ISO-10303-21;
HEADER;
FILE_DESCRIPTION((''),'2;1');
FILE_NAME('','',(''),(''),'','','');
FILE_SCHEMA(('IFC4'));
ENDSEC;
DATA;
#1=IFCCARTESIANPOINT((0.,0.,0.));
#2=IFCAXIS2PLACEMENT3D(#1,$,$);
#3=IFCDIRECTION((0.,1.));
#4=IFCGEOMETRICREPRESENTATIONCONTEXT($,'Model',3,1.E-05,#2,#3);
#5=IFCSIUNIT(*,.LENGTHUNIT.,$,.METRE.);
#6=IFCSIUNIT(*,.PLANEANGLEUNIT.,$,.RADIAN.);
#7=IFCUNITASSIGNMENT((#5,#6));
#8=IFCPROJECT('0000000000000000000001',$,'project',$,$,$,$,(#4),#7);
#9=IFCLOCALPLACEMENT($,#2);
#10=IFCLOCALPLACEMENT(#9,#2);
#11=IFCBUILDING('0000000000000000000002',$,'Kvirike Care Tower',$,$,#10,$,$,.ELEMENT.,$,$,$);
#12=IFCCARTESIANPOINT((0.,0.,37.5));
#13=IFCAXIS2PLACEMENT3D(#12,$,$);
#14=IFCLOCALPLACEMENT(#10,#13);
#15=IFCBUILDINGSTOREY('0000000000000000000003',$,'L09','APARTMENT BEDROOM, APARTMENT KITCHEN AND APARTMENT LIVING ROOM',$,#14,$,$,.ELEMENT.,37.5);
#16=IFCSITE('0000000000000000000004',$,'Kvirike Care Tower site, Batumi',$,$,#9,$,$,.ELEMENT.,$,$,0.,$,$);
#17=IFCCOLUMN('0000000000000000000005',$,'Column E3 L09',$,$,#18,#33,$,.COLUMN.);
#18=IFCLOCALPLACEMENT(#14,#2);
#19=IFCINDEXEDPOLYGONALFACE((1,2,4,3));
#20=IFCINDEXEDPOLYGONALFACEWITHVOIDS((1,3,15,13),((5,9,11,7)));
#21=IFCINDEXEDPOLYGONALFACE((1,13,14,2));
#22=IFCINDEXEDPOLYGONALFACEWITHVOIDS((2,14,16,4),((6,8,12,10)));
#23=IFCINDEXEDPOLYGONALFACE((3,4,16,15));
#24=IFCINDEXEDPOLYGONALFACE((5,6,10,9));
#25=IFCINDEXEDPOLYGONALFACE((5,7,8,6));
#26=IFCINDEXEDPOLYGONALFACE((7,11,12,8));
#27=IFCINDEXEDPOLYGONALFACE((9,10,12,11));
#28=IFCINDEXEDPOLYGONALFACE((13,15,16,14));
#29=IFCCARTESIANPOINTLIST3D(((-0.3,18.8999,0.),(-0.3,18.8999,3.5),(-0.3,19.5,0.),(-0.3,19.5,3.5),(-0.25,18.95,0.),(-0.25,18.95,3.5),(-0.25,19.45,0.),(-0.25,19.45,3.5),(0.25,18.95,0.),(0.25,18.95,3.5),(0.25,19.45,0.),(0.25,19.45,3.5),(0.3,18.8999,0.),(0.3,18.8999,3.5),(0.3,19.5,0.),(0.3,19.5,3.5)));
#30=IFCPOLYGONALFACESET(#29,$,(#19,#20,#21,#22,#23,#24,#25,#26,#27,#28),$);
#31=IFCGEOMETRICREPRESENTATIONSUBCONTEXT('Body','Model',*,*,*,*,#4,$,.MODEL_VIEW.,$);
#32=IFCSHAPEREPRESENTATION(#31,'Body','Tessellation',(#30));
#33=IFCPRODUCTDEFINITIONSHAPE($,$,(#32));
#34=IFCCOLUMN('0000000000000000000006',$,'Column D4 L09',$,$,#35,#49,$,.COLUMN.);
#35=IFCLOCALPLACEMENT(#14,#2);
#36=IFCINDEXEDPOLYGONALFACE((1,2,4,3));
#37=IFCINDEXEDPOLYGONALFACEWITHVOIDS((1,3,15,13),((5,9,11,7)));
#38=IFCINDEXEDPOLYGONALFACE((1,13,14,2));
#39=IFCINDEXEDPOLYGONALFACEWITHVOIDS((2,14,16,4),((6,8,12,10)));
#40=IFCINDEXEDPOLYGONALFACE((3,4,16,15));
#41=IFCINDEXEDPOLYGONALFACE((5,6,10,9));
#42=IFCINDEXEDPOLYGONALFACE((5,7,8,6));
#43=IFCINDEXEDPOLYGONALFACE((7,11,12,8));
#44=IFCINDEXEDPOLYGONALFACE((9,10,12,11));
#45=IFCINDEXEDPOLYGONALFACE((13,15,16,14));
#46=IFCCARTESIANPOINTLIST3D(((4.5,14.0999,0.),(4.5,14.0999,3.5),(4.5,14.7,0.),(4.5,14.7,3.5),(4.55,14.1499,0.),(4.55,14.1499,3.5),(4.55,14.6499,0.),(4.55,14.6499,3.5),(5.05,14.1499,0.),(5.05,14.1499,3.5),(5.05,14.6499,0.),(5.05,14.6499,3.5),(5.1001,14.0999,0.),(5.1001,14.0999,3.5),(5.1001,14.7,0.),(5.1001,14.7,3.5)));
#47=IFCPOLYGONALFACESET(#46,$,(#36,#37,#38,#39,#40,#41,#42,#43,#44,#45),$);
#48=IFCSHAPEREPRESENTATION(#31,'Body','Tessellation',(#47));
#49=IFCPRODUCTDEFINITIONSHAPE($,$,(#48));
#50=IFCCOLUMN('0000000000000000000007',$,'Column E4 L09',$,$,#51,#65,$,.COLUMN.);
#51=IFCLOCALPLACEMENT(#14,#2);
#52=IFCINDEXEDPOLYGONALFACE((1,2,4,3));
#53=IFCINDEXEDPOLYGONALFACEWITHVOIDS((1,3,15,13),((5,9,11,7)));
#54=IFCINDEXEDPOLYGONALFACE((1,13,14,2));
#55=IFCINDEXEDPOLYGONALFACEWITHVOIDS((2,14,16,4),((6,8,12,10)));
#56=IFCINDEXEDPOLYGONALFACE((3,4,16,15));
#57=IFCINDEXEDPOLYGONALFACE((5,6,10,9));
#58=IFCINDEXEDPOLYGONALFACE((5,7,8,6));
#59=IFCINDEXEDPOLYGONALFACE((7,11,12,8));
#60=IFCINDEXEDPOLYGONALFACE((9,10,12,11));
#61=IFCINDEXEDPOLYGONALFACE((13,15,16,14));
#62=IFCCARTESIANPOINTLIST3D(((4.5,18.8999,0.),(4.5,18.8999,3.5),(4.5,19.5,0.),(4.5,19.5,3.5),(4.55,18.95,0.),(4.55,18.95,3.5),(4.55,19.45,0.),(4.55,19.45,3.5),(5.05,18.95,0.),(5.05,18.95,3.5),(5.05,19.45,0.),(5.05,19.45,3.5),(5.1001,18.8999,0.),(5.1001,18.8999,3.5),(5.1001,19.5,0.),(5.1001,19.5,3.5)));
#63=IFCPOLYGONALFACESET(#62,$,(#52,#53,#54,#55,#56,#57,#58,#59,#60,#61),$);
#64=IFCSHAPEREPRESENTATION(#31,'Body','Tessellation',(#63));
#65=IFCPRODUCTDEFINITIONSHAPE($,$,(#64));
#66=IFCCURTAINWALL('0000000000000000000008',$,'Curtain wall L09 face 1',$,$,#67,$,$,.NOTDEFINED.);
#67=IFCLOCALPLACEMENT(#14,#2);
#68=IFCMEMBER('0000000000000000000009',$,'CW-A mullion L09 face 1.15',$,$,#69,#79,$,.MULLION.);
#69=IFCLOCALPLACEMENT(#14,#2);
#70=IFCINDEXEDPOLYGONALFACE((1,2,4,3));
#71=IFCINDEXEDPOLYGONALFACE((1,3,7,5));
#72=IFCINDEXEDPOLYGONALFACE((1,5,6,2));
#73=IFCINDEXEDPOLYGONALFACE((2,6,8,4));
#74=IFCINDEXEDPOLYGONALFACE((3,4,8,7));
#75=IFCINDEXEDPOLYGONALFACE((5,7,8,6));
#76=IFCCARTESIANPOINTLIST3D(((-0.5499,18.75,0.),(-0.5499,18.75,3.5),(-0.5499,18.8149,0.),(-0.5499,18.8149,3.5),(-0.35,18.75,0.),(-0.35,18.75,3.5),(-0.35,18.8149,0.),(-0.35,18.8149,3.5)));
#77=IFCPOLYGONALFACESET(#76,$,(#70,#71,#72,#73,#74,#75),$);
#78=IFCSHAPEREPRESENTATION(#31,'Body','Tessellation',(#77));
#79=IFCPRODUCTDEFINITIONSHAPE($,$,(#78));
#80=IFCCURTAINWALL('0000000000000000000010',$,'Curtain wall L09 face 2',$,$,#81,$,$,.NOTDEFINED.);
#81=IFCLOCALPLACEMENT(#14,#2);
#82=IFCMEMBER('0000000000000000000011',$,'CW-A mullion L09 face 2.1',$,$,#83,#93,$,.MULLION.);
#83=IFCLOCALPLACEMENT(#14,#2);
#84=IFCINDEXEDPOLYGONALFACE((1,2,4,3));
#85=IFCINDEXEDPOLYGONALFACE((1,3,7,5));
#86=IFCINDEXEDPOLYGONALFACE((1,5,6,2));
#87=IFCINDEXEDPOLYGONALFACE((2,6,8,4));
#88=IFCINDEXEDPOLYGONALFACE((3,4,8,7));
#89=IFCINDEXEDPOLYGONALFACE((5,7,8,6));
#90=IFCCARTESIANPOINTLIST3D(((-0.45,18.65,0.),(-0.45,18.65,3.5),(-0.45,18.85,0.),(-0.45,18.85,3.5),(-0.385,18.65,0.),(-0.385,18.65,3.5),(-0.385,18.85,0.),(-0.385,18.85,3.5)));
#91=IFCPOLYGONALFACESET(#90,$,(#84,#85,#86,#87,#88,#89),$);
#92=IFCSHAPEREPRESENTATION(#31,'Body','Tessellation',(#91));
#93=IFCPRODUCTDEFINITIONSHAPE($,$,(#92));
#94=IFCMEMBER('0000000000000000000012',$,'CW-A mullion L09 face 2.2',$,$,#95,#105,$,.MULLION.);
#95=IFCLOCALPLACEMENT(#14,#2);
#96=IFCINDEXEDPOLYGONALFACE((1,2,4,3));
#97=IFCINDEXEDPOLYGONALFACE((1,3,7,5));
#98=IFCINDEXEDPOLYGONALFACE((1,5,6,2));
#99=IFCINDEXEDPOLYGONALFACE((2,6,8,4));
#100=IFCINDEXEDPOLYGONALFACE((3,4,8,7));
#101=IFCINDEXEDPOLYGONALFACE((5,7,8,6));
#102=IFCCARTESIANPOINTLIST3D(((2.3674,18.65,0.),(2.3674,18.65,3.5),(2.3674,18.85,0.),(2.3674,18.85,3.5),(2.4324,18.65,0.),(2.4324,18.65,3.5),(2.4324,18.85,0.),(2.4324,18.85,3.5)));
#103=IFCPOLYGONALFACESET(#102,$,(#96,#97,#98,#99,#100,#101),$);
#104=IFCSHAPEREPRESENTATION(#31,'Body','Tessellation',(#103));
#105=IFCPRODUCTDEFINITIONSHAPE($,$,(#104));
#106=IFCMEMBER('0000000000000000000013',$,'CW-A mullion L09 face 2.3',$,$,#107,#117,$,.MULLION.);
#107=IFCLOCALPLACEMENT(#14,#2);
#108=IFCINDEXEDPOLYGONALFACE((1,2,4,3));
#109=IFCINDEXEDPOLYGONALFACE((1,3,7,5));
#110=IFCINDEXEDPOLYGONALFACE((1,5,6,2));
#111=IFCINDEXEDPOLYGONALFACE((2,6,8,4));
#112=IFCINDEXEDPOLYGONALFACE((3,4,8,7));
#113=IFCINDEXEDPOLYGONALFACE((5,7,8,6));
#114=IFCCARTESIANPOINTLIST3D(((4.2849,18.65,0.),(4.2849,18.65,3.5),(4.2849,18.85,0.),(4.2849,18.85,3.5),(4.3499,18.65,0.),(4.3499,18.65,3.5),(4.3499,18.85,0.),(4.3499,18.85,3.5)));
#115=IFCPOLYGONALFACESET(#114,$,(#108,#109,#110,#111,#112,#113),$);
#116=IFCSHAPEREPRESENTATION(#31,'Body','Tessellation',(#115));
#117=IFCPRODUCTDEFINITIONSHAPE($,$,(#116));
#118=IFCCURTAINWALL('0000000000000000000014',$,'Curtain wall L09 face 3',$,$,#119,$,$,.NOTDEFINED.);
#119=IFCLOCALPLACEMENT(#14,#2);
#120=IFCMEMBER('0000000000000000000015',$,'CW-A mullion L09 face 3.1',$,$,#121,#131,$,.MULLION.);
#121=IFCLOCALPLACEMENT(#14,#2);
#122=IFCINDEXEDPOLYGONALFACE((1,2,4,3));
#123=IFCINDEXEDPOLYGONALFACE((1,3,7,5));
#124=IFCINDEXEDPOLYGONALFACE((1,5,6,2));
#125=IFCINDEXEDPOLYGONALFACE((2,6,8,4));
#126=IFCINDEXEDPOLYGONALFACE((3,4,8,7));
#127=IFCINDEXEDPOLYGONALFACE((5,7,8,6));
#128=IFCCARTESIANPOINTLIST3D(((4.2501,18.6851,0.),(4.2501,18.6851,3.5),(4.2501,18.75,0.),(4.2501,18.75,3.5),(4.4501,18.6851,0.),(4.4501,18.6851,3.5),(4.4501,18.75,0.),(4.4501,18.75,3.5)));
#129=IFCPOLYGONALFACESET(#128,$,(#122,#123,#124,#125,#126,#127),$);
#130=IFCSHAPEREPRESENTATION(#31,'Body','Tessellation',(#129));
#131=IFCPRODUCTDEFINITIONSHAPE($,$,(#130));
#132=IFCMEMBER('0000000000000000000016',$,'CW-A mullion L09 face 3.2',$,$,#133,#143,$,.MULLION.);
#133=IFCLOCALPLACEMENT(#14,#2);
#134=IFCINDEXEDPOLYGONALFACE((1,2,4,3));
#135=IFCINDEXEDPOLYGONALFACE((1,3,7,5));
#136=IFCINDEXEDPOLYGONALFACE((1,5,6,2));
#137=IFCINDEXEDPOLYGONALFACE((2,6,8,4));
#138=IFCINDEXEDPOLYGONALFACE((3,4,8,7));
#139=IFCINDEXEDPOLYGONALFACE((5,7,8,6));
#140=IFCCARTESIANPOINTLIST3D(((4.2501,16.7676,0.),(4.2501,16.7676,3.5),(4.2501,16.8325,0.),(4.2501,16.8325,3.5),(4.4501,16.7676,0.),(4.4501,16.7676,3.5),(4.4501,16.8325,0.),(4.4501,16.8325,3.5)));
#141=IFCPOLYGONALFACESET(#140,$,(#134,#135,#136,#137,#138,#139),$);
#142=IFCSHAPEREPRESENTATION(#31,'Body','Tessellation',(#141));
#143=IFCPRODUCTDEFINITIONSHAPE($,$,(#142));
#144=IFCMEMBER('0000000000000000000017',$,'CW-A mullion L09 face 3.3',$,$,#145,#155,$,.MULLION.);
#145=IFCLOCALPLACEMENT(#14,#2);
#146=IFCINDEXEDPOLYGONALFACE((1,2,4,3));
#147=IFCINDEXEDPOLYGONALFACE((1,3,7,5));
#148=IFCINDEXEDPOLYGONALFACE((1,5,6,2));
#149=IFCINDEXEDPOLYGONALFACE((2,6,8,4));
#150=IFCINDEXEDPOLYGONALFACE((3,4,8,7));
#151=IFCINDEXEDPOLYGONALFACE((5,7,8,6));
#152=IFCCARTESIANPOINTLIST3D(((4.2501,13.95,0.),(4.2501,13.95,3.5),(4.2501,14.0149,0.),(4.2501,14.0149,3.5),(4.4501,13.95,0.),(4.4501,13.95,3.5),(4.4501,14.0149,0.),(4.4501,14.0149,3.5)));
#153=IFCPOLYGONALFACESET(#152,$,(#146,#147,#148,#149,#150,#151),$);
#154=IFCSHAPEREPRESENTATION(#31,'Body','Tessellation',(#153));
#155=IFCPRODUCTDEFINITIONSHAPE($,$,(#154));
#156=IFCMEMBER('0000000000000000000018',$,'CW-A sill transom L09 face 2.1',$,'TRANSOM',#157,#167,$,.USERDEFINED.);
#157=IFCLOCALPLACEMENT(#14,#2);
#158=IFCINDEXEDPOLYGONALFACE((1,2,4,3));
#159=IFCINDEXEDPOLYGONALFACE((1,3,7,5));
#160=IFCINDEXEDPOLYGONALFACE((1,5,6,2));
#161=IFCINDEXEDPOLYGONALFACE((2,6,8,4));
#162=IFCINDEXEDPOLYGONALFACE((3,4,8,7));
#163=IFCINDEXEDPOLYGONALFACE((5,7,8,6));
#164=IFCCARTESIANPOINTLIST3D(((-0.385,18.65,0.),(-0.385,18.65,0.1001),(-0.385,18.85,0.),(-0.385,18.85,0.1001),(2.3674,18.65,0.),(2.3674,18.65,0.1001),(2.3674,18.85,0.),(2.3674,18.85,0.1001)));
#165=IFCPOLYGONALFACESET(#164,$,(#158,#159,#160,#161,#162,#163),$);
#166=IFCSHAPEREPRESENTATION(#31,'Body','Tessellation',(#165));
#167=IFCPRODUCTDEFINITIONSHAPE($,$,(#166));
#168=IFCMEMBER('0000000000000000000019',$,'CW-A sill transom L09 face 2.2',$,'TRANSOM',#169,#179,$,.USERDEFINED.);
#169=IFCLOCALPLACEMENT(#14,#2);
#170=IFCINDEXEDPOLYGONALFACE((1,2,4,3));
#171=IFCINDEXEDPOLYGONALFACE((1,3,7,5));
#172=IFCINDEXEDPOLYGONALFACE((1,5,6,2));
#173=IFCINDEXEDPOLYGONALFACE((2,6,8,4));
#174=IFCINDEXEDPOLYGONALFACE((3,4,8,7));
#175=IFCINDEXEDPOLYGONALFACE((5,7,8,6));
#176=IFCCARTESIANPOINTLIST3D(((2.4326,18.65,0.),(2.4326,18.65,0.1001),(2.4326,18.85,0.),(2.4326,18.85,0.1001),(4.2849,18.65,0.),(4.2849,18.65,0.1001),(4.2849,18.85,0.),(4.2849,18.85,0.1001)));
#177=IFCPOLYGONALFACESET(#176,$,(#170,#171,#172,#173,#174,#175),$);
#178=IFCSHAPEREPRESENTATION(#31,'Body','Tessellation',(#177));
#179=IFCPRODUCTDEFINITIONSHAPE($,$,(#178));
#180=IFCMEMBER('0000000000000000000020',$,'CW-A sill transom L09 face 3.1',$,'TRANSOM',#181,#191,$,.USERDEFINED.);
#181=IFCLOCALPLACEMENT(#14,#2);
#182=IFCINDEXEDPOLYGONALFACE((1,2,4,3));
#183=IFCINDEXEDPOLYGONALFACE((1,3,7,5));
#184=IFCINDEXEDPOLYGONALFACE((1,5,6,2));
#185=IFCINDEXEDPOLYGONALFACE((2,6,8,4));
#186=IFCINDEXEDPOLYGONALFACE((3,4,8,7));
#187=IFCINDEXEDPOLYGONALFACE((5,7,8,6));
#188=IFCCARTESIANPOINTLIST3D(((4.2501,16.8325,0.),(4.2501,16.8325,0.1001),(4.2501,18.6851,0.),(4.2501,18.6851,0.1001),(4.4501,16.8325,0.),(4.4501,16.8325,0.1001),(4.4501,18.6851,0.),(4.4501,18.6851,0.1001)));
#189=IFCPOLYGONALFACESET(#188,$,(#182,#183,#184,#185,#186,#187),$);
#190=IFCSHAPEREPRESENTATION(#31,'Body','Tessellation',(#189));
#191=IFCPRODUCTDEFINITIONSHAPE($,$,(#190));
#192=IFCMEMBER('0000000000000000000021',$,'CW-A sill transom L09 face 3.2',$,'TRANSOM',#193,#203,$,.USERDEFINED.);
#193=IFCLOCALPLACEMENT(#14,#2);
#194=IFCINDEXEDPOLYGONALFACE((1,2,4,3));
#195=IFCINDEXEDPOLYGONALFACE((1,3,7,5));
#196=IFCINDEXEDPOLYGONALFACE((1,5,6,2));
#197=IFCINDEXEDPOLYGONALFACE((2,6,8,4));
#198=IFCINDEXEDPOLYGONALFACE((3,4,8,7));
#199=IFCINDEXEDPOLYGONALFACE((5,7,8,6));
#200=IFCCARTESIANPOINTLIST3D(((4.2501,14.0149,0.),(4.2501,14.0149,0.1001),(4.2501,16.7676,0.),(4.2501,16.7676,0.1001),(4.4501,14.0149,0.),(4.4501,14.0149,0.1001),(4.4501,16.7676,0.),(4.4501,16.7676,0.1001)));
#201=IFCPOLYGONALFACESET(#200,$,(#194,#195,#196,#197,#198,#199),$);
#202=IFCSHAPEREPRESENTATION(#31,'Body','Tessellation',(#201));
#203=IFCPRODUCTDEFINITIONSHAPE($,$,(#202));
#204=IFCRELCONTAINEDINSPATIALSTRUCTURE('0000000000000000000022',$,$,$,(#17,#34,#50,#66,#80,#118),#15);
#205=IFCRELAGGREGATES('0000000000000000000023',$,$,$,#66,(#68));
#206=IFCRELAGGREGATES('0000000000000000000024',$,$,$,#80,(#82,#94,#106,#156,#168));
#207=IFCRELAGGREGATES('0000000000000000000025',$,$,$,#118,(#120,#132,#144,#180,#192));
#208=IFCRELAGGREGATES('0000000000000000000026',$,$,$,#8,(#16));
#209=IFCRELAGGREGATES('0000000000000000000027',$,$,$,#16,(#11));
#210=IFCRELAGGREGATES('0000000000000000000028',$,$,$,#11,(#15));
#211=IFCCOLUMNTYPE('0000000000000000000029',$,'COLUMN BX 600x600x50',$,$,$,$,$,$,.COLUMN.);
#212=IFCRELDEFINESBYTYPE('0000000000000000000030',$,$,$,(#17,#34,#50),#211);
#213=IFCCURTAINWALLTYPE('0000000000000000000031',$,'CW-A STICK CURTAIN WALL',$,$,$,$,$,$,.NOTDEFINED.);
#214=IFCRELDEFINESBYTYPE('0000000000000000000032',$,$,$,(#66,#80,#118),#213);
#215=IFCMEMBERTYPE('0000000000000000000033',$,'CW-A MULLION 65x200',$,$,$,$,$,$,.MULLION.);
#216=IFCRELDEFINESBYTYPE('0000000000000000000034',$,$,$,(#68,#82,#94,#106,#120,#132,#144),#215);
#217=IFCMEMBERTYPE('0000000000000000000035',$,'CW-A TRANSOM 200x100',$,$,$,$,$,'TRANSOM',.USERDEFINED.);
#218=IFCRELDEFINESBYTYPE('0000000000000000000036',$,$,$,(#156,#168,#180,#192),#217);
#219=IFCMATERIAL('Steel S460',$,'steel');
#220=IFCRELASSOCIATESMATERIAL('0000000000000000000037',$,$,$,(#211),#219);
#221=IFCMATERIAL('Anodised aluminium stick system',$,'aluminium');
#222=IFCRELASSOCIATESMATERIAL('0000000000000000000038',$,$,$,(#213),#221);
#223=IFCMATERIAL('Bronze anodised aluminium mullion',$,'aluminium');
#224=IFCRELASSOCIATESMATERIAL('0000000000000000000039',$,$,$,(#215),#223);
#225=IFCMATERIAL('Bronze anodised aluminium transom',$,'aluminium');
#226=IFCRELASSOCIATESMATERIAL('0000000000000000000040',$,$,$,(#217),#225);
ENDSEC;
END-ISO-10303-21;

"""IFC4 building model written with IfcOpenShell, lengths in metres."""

from ifc_helpers import new_model, si_unit, direction, frame, origin, origin_2d, place, context, subcontext, project, spatial, rectangle, hollow_rectangle, extrude, material, material_profile, profile_set, type_object, element, aggregate, save


model = new_model("IFC4")

# Units and contexts
model_context = context("Model", 3, precision=1e-05, world=origin(), true_north=direction((0.0, 1.0)))
body_context = subcontext(model_context, "Body", "Model", "MODEL_VIEW")
ifc_project = project(units=[si_unit("LENGTHUNIT", "METRE"), si_unit("PLANEANGLEUNIT", "RADIAN")], contexts=[model_context])

# Site, building, storey
site_placement = place(None, origin())
site = spatial("IfcSite", under=ifc_project, at=site_placement, Name="Kvirike Care Tower site, Batumi", CompositionType="ELEMENT", RefElevation=0.0)
building_placement = place(site_placement, origin())
building = spatial("IfcBuilding", under=site, at=building_placement, Name="Kvirike Care Tower", CompositionType="ELEMENT")
storey_placement = place(building_placement, frame((0.0, 0.0, 37.5)))
storey = spatial("IfcBuildingStorey", under=building, at=storey_placement, Name="L09", Description="APARTMENT BEDROOM, APARTMENT KITCHEN AND APARTMENT LIVING ROOM", CompositionType="ELEMENT", Elevation=37.5)

# Columns
ifc_material_1 = material(Name="Steel S460", Category="steel")
ifc_material_profile_1 = material_profile(ifc_material_1, hollow_rectangle(XDim=0.6001, YDim=0.6001, WallThickness=0.05, at=origin_2d()), Name="BX 600x600x50")
ifc_profile_set_1 = profile_set([ifc_material_profile_1], Name="Steel S460")
column_type = type_object("IfcColumnType", Name="COLUMN BX 600x600x50", PredefinedType="COLUMN", material=ifc_profile_set_1)
for number, where, z_axis, x_axis, name in (
    (1, (0.0, 19.2, 0.0), (0.0, 0.0, 1.0), (0.0, 1.0, 0.0), "Column E3 L09"),
    (2, (4.8, 14.3999, 0.0), (0.0, 0.0, 1.0), (0.0, 1.0, 0.0), "Column D4 L09"),
    (3, (4.8, 19.2, 0.0), (0.0, 0.0, 1.0), (0.0, 1.0, 0.0), "Column E4 L09"),
):
    element("IfcColumn", number, at=place(storey_placement, frame(where, z_axis=z_axis, x_axis=x_axis)), inside=storey, type_object=column_type, Name=name, PredefinedType="COLUMN", context=body_context, shape_type="SweptSolid", body=[
        extrude(hollow_rectangle(XDim=0.6001, YDim=0.6001, WallThickness=0.05, at=origin_2d()), origin(), (0.0, 0.0, 1.0), 3.5),
    ])

# Curtain wall, member
ifc_material_2 = material(Name="Anodised aluminium stick system", Category="aluminium")
curtain_wall_type = type_object("IfcCurtainWallType", Name="CW-A STICK CURTAIN WALL", PredefinedType="NOTDEFINED", material=ifc_material_2)
curtain_wall_1_placement = place(storey_placement, origin())
curtain_wall_1 = element("IfcCurtainWall", 4, at=curtain_wall_1_placement, inside=storey, type_object=curtain_wall_type, Name="Curtain wall L09 face 1", PredefinedType="NOTDEFINED")
ifc_material_3 = material(Name="Bronze anodised aluminium mullion", Category="aluminium")
ifc_material_profile_2 = material_profile(ifc_material_3, rectangle(XDim=0.0649, YDim=0.2, at=origin_2d()), Name="CW-A MULLION 65x200")
ifc_profile_set_2 = profile_set([ifc_material_profile_2], Name="Bronze anodised aluminium mullion")
member_type_1 = type_object("IfcMemberType", Name="CW-A MULLION 65x200", PredefinedType="MULLION", material=ifc_profile_set_2)
member_1_placement = place(storey_placement, frame((-0.45, 18.7825, 0.0), z_axis=(0.0, 0.0, 1.0), x_axis=(0.0, -1.0, 0.0)))
member_1 = element("IfcMember", 5, at=member_1_placement, type_object=member_type_1, Name="CW-A mullion L09 face 1.15", PredefinedType="MULLION", context=body_context, shape_type="SweptSolid", body=[
    extrude(rectangle(XDim=0.0649, YDim=0.2, at=origin_2d()), origin(), (0.0, 0.0, 1.0), 3.5),
])
aggregate(curtain_wall_1, [member_1])

# Curtain walls, members
curtain_wall_2_placement = place(storey_placement, origin())
curtain_wall_2 = element("IfcCurtainWall", 6, at=curtain_wall_2_placement, inside=storey, type_object=curtain_wall_type, Name="Curtain wall L09 face 2", PredefinedType="NOTDEFINED")
member_2_placement = place(storey_placement, frame((-0.4175, 18.75, 0.0), z_axis=(0.0, 0.0, 1.0), x_axis=(1.0, 0.0, 0.0)))
member_2 = element("IfcMember", 7, at=member_2_placement, type_object=member_type_1, Name="CW-A mullion L09 face 2.1", PredefinedType="MULLION", context=body_context, shape_type="SweptSolid", body=[
    extrude(rectangle(XDim=0.0649, YDim=0.2, at=origin_2d()), origin(), (0.0, 0.0, 1.0), 3.5),
])
member_3_placement = place(storey_placement, frame((2.3999, 18.75, 0.0), z_axis=(0.0, 0.0, 1.0), x_axis=(1.0, 0.0, 0.0)))
member_3 = element("IfcMember", 8, at=member_3_placement, type_object=member_type_1, Name="CW-A mullion L09 face 2.2", PredefinedType="MULLION", context=body_context, shape_type="SweptSolid", body=[
    extrude(rectangle(XDim=0.0649, YDim=0.2, at=origin_2d()), origin(), (0.0, 0.0, 1.0), 3.5),
])
member_4_placement = place(storey_placement, frame((4.3174, 18.75, 0.0), z_axis=(0.0, 0.0, 1.0), x_axis=(1.0, 0.0, 0.0)))
member_4 = element("IfcMember", 9, at=member_4_placement, type_object=member_type_1, Name="CW-A mullion L09 face 2.3", PredefinedType="MULLION", context=body_context, shape_type="SweptSolid", body=[
    extrude(rectangle(XDim=0.0649, YDim=0.2, at=origin_2d()), origin(), (0.0, 0.0, 1.0), 3.5),
])
curtain_wall_3_placement = place(storey_placement, origin())
curtain_wall_3 = element("IfcCurtainWall", 10, at=curtain_wall_3_placement, inside=storey, type_object=curtain_wall_type, Name="Curtain wall L09 face 3", PredefinedType="NOTDEFINED")
member_5_placement = place(storey_placement, frame((4.3501, 18.7175, 0.0), z_axis=(0.0, 0.0, 1.0), x_axis=(0.0, -1.0, 0.0)))
member_5 = element("IfcMember", 11, at=member_5_placement, type_object=member_type_1, Name="CW-A mullion L09 face 3.1", PredefinedType="MULLION", context=body_context, shape_type="SweptSolid", body=[
    extrude(rectangle(XDim=0.0649, YDim=0.2, at=origin_2d()), origin(), (0.0, 0.0, 1.0), 3.5),
])
member_6_placement = place(storey_placement, frame((4.3501, 16.8, 0.0), z_axis=(0.0, 0.0, 1.0), x_axis=(0.0, -1.0, 0.0)))
member_6 = element("IfcMember", 12, at=member_6_placement, type_object=member_type_1, Name="CW-A mullion L09 face 3.2", PredefinedType="MULLION", context=body_context, shape_type="SweptSolid", body=[
    extrude(rectangle(XDim=0.0649, YDim=0.2, at=origin_2d()), origin(), (0.0, 0.0, 1.0), 3.5),
])
member_7_placement = place(storey_placement, frame((4.3501, 13.9824, 0.0), z_axis=(0.0, 0.0, 1.0), x_axis=(0.0, -1.0, 0.0)))
member_7 = element("IfcMember", 13, at=member_7_placement, type_object=member_type_1, Name="CW-A mullion L09 face 3.3", PredefinedType="MULLION", context=body_context, shape_type="SweptSolid", body=[
    extrude(rectangle(XDim=0.0649, YDim=0.2, at=origin_2d()), origin(), (0.0, 0.0, 1.0), 3.5),
])

# Members
ifc_material_4 = material(Name="Bronze anodised aluminium transom", Category="aluminium")
ifc_material_profile_3 = material_profile(ifc_material_4, rectangle(XDim=0.2, YDim=0.1001, at=origin_2d()), Name="CW-A TRANSOM 200x100")
ifc_profile_set_3 = profile_set([ifc_material_profile_3], Name="Bronze anodised aluminium transom")
member_type_2 = type_object("IfcMemberType", Name="CW-A TRANSOM 200x100", ElementType="TRANSOM", PredefinedType="USERDEFINED", material=ifc_profile_set_3)
member_8_placement = place(storey_placement, frame((-0.385, 18.75, 0.05), z_axis=(1.0, 0.0, 0.0), x_axis=(0.0, 1.0, 0.0)))
member_8 = element("IfcMember", 14, at=member_8_placement, type_object=member_type_2, Name="CW-A sill transom L09 face 2.1", ObjectType="TRANSOM", PredefinedType="USERDEFINED", context=body_context, shape_type="SweptSolid", body=[
    extrude(rectangle(XDim=0.2, YDim=0.1001, at=origin_2d()), origin(), (0.0, 0.0, 1.0), 2.7524),
])
member_9_placement = place(storey_placement, frame((2.4326, 18.75, 0.05), z_axis=(1.0, 0.0, 0.0), x_axis=(0.0, 1.0, 0.0)))
member_9 = element("IfcMember", 15, at=member_9_placement, type_object=member_type_2, Name="CW-A sill transom L09 face 2.2", ObjectType="TRANSOM", PredefinedType="USERDEFINED", context=body_context, shape_type="SweptSolid", body=[
    extrude(rectangle(XDim=0.2, YDim=0.1001, at=origin_2d()), origin(), (0.0, 0.0, 1.0), 1.8523),
])
member_10_placement = place(storey_placement, frame((4.3501, 18.6851, 0.05), z_axis=(0.0, -1.0, 0.0), x_axis=(1.0, 0.0, 0.0)))
member_10 = element("IfcMember", 16, at=member_10_placement, type_object=member_type_2, Name="CW-A sill transom L09 face 3.1", ObjectType="TRANSOM", PredefinedType="USERDEFINED", context=body_context, shape_type="SweptSolid", body=[
    extrude(rectangle(XDim=0.2, YDim=0.1001, at=origin_2d()), origin(), (0.0, 0.0, 1.0), 1.8525),
])
member_11_placement = place(storey_placement, frame((4.3501, 16.7676, 0.05), z_axis=(0.0, -1.0, 0.0), x_axis=(1.0, 0.0, 0.0)))
member_11 = element("IfcMember", 17, at=member_11_placement, type_object=member_type_2, Name="CW-A sill transom L09 face 3.2", ObjectType="TRANSOM", PredefinedType="USERDEFINED", context=body_context, shape_type="SweptSolid", body=[
    extrude(rectangle(XDim=0.2, YDim=0.1001, at=origin_2d()), origin(), (0.0, 0.0, 1.0), 2.7527),
])

aggregate(curtain_wall_2, [member_2, member_3, member_4, member_8, member_9])
aggregate(curtain_wall_3, [member_5, member_6, member_7, member_10, member_11])

save(model, "model.ifc")
